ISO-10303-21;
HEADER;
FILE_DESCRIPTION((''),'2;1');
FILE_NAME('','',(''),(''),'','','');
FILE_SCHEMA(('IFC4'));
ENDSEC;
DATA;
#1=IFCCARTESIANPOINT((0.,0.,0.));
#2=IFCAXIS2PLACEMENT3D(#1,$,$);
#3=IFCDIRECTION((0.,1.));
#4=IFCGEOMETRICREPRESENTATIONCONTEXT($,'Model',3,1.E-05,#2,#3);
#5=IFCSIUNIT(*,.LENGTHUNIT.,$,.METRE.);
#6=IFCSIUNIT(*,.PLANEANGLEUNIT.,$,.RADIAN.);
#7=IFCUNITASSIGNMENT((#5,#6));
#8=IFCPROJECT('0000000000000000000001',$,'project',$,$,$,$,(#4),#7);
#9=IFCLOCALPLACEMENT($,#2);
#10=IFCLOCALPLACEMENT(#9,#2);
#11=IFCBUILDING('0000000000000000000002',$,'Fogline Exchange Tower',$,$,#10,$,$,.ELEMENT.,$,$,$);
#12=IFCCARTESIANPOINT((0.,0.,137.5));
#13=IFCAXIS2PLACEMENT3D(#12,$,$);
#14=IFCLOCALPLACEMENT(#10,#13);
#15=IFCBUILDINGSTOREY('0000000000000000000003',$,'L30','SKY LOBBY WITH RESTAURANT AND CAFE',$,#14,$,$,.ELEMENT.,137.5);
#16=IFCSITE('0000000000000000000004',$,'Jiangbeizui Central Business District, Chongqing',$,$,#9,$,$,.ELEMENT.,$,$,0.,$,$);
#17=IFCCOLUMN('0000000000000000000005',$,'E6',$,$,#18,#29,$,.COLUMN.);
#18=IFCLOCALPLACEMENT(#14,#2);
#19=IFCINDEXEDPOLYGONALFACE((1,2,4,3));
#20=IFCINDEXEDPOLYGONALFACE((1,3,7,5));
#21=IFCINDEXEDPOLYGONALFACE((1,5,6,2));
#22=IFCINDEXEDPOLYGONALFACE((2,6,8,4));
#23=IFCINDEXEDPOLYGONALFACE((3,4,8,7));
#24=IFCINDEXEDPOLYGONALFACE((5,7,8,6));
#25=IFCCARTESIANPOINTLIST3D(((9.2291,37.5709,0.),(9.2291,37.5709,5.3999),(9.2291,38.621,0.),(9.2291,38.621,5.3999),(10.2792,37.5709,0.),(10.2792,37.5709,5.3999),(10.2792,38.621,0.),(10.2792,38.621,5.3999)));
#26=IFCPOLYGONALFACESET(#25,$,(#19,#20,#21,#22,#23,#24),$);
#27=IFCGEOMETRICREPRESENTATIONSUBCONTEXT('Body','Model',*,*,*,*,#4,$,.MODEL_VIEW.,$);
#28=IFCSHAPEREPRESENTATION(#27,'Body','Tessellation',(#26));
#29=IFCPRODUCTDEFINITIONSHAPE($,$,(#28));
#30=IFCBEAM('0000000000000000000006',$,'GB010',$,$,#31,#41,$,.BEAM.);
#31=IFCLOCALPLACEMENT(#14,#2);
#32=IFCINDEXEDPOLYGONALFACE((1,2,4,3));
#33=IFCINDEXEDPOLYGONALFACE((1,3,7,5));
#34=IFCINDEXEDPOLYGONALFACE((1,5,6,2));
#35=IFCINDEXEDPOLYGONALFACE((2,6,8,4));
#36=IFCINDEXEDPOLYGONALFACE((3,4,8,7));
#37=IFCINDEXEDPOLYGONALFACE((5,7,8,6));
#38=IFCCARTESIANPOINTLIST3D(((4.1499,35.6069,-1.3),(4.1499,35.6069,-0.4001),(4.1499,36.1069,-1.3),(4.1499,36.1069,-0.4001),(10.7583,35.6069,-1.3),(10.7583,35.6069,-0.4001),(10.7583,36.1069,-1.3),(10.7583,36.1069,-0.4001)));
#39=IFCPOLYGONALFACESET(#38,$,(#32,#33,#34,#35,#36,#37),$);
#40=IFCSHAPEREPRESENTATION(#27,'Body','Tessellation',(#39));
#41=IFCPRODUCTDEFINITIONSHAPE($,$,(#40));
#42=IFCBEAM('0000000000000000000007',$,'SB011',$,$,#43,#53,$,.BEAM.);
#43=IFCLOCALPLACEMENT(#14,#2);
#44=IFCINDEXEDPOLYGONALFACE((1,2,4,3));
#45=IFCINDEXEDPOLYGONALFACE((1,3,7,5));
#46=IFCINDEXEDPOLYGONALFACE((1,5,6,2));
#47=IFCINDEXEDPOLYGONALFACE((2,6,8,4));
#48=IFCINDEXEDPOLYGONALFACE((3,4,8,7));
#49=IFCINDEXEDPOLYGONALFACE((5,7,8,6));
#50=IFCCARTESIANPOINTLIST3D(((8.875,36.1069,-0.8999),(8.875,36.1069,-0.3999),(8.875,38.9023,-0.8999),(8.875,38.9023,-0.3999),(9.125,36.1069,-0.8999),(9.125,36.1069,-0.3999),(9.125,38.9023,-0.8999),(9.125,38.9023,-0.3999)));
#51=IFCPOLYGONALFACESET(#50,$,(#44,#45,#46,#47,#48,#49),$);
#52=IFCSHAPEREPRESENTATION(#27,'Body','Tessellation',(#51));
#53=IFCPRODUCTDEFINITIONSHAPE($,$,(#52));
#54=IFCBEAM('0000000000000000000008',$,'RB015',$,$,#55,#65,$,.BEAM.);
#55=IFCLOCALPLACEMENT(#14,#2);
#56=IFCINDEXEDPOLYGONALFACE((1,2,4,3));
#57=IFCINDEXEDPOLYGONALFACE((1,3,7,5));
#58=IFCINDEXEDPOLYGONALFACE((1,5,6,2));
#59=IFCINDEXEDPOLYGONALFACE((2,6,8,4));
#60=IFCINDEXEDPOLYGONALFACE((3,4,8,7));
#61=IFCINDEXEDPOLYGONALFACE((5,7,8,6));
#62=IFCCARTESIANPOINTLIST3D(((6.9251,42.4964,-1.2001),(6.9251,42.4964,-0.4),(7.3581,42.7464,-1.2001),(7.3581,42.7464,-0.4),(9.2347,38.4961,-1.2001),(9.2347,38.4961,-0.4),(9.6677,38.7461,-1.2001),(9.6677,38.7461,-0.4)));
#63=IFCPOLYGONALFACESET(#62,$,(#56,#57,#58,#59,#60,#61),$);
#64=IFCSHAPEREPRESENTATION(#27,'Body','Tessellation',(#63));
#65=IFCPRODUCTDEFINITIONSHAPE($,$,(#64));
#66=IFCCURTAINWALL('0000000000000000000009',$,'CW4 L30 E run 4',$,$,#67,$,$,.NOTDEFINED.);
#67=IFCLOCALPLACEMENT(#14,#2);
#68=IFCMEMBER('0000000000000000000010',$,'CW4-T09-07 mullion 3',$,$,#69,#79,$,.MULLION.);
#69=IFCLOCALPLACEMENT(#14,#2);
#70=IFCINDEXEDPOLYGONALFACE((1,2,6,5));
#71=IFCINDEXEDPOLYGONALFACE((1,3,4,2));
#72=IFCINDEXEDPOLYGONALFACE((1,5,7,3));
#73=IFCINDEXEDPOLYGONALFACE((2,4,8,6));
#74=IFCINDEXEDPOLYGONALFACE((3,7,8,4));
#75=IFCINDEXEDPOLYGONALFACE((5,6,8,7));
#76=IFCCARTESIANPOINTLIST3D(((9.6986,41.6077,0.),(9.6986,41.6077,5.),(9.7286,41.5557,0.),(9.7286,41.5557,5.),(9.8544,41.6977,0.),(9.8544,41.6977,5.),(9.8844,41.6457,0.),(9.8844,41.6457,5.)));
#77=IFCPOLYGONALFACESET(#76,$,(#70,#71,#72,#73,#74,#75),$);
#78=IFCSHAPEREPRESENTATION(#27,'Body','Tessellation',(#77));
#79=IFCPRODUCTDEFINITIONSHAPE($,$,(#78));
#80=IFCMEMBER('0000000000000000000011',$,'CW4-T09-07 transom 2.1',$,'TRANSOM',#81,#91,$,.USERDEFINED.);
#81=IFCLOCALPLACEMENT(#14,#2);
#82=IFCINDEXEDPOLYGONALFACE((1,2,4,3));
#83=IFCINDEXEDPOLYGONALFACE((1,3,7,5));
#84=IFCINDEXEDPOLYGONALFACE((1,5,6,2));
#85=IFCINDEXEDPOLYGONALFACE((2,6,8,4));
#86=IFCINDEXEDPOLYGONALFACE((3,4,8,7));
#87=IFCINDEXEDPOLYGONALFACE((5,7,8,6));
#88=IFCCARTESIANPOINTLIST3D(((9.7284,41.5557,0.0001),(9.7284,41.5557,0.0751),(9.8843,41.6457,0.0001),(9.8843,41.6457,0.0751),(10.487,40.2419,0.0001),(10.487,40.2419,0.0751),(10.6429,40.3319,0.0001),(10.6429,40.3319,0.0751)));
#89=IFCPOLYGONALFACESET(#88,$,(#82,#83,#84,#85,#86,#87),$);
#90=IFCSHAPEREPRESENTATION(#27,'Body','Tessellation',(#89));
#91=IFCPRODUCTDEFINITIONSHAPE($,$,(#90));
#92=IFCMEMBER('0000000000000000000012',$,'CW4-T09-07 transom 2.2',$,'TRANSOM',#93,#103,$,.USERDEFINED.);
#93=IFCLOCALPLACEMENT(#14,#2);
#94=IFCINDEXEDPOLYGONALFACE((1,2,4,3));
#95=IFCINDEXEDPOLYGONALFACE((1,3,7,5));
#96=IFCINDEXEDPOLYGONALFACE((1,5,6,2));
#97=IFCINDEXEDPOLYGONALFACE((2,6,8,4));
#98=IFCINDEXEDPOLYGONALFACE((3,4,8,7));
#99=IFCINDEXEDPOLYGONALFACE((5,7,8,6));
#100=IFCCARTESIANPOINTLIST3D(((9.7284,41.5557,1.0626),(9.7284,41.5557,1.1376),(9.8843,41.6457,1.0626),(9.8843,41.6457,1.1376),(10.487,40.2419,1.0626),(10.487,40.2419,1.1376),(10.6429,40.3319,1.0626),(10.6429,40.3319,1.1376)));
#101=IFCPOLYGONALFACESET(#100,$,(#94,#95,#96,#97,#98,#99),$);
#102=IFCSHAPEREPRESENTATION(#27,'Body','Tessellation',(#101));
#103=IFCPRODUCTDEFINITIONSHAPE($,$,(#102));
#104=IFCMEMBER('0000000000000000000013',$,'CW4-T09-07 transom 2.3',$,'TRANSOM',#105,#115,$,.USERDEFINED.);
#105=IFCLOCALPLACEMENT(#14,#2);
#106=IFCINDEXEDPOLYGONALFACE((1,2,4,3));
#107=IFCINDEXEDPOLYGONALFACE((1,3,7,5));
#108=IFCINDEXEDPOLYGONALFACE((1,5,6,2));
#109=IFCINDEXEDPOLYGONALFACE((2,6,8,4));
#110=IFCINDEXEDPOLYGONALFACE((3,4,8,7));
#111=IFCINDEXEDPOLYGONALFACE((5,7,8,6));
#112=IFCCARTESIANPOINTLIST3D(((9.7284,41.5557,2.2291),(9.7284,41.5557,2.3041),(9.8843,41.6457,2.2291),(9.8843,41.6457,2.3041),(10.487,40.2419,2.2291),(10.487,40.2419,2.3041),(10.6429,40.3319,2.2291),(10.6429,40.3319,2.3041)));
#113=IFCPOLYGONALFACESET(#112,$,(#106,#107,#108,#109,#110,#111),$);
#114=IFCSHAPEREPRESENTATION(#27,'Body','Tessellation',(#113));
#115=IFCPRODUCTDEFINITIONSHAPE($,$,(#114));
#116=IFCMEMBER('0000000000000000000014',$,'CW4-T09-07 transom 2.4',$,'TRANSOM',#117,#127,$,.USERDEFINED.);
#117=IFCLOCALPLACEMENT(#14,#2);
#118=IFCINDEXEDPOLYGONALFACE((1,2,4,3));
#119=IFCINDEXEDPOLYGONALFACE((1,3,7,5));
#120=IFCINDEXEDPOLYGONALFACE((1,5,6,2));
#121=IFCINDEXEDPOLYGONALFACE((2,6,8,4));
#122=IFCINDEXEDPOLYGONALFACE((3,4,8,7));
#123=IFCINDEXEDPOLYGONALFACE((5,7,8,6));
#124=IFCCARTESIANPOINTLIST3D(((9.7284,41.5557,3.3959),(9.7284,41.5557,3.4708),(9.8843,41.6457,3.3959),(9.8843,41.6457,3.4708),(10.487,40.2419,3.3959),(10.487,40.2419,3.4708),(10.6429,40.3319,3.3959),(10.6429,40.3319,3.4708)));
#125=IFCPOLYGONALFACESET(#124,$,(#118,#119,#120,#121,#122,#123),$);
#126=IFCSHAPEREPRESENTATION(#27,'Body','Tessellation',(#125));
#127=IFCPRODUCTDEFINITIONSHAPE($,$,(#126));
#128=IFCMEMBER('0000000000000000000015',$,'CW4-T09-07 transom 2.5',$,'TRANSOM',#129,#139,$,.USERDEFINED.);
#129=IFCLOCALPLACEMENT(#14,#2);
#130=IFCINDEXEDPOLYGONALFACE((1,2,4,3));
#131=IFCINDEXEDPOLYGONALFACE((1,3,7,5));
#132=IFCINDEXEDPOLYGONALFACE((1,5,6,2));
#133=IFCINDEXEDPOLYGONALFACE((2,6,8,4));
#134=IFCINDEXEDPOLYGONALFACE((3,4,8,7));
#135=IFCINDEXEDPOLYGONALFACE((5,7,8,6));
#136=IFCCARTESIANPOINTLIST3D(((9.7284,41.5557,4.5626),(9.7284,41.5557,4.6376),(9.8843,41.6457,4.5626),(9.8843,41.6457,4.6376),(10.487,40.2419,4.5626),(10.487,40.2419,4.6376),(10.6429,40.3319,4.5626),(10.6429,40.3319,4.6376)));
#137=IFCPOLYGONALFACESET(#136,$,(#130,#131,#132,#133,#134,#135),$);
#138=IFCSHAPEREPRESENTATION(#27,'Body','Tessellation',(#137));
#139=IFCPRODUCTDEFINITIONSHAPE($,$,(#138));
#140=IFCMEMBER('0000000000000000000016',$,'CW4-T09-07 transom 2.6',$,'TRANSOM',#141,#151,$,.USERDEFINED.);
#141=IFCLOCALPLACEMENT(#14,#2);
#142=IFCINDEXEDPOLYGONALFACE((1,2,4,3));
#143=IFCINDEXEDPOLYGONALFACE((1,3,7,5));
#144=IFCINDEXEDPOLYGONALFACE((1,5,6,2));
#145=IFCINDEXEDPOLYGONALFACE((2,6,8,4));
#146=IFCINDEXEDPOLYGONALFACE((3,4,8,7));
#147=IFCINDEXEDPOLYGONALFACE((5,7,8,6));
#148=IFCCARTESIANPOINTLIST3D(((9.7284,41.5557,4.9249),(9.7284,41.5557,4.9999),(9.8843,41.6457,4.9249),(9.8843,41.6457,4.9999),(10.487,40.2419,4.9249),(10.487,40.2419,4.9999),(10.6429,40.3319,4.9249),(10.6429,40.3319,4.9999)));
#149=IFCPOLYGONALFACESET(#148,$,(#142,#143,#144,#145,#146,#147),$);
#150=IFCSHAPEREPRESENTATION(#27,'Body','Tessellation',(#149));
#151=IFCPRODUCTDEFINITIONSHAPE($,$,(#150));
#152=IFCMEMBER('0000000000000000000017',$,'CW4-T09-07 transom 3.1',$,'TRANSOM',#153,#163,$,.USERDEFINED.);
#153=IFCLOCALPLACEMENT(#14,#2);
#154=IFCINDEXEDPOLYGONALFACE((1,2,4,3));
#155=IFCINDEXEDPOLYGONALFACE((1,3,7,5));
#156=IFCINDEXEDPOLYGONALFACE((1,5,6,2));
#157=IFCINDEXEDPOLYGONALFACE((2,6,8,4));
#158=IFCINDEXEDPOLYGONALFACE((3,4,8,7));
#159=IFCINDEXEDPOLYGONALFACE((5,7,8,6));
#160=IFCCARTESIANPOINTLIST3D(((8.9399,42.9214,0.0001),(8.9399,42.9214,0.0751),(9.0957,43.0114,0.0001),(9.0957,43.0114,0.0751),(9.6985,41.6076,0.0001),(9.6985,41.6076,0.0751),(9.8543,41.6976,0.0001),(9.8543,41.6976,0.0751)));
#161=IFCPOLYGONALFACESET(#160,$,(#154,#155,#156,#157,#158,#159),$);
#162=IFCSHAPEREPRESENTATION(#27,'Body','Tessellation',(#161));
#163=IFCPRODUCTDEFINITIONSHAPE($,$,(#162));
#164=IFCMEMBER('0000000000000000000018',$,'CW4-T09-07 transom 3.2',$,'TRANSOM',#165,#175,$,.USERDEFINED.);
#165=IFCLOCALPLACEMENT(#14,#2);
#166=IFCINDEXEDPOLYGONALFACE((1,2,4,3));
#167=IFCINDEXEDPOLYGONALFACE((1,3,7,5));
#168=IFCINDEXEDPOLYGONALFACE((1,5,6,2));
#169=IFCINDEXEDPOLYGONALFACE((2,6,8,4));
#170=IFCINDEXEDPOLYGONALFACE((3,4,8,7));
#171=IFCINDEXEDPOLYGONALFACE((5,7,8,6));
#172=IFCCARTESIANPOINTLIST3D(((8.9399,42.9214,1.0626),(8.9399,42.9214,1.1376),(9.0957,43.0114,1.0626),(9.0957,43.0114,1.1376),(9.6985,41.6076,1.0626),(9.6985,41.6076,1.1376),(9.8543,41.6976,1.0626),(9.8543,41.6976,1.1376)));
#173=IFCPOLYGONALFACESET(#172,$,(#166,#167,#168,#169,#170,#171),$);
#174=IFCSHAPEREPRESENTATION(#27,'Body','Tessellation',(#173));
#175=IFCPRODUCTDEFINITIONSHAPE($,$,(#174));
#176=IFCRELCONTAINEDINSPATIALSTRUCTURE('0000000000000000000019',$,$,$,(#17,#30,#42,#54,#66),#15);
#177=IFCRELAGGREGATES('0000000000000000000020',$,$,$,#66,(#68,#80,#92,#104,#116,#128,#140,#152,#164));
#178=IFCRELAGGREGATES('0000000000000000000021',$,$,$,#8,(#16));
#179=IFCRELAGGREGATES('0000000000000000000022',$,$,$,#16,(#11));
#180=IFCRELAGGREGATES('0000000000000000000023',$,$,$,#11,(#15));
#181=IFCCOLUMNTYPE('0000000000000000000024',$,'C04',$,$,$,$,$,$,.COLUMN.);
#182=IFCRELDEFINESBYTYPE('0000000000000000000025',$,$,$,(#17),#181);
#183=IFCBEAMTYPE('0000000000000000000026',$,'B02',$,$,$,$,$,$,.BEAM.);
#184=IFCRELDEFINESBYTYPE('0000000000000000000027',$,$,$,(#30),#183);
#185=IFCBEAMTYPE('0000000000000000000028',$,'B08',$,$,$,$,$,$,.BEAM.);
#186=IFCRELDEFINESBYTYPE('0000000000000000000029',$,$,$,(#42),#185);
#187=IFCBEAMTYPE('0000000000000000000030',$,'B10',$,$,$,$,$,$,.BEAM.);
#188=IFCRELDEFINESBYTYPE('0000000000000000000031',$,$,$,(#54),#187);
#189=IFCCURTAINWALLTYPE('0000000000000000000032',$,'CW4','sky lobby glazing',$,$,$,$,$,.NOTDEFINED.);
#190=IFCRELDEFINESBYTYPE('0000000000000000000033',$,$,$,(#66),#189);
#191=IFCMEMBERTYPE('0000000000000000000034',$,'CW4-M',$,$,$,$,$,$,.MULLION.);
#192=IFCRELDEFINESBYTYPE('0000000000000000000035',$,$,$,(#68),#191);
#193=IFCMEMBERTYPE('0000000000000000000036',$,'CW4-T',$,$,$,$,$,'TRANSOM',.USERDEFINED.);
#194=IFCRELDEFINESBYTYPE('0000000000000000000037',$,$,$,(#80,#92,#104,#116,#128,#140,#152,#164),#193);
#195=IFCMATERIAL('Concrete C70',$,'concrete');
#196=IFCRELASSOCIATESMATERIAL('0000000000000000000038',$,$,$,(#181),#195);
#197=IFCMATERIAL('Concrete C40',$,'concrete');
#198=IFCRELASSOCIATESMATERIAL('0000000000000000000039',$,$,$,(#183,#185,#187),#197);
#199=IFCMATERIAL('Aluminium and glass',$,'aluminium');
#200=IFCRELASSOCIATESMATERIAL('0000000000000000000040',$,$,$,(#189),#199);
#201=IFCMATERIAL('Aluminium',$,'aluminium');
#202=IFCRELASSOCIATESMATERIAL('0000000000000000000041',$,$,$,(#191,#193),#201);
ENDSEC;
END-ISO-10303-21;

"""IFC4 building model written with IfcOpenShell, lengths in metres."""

from ifc_helpers import new_model, si_unit, direction, frame, origin, origin_2d, place, context, subcontext, project, spatial, rectangle, extrude, material, material_profile, profile_set, type_object, element, aggregate, save


model = new_model("IFC4")

# Units and contexts
model_context = context("Model", 3, precision=1e-05, world=origin(), true_north=direction((0.0, 1.0)))
body_context = subcontext(model_context, "Body", "Model", "MODEL_VIEW")
ifc_project = project(units=[si_unit("LENGTHUNIT", "METRE"), si_unit("PLANEANGLEUNIT", "RADIAN")], contexts=[model_context])

# Site, building, storey
site_placement = place(None, origin())
site = spatial("IfcSite", under=ifc_project, at=site_placement, Name="Jiangbeizui Central Business District, Chongqing", CompositionType="ELEMENT", RefElevation=0.0)
building_placement = place(site_placement, origin())
building = spatial("IfcBuilding", under=site, at=building_placement, Name="Fogline Exchange Tower", CompositionType="ELEMENT")
storey_placement = place(building_placement, frame((0.0, 0.0, 137.5)))
storey = spatial("IfcBuildingStorey", under=building, at=storey_placement, Name="L30", Description="SKY LOBBY WITH RESTAURANT AND CAFE", CompositionType="ELEMENT", Elevation=137.5)

# Column
ifc_material_1 = material(Name="Concrete C70", Category="concrete")
ifc_material_profile_1 = material_profile(ifc_material_1, rectangle(XDim=1.05, YDim=1.05, at=origin_2d()), Name="RC 1050x1050")
ifc_profile_set_1 = profile_set([ifc_material_profile_1], Name="Concrete C70")
column_type = type_object("IfcColumnType", Name="C04", PredefinedType="COLUMN", material=ifc_profile_set_1)
column_placement = place(storey_placement, frame((9.7542, 38.0959, 0.0), z_axis=(0.0, 0.0, 1.0), x_axis=(1.0, 0.0, 0.0)))
element("IfcColumn", 1, at=column_placement, inside=storey, type_object=column_type, Name="E6", PredefinedType="COLUMN", context=body_context, shape_type="SweptSolid", body=[
    extrude(rectangle(XDim=1.05, YDim=1.05, at=origin_2d()), origin(), (0.0, 0.0, 1.0), 5.3999),
])

# Beams
ifc_material_2 = material(Name="Concrete C40", Category="concrete")
ifc_material_profile_2 = material_profile(ifc_material_2, rectangle(XDim=0.5, YDim=0.8999, at=origin_2d()), Name="RC 500x900")
ifc_profile_set_2 = profile_set([ifc_material_profile_2], Name="Concrete C40")
beam_type_1 = type_object("IfcBeamType", Name="B02", PredefinedType="BEAM", material=ifc_profile_set_2)
beam_1_placement = place(storey_placement, frame((4.1499, 35.8569, -0.8501), z_axis=(1.0, 0.0, 0.0), x_axis=(0.0, 1.0, 0.0)))
element("IfcBeam", 2, at=beam_1_placement, inside=storey, type_object=beam_type_1, Name="GB010", PredefinedType="BEAM", context=body_context, shape_type="SweptSolid", body=[
    extrude(rectangle(XDim=0.5, YDim=0.8999, at=origin_2d()), origin(), (0.0, 0.0, 1.0), 6.6084),
])
ifc_material_profile_3 = material_profile(ifc_material_2, rectangle(XDim=0.25, YDim=0.5, at=origin_2d()), Name="RC 250x500")
ifc_profile_set_3 = profile_set([ifc_material_profile_3], Name="Concrete C40")
beam_type_2 = type_object("IfcBeamType", Name="B08", PredefinedType="BEAM", material=ifc_profile_set_3)
beam_2_placement = place(storey_placement, frame((9.0, 36.1069, -0.6499), z_axis=(0.0, 1.0, 0.0), x_axis=(-1.0, 0.0, 0.0)))
element("IfcBeam", 3, at=beam_2_placement, inside=storey, type_object=beam_type_2, Name="SB011", PredefinedType="BEAM", context=body_context, shape_type="SweptSolid", body=[
    extrude(rectangle(XDim=0.25, YDim=0.5, at=origin_2d()), origin(), (0.0, 0.0, 1.0), 2.7954),
])
ifc_material_profile_4 = material_profile(ifc_material_2, rectangle(XDim=0.5, YDim=0.8, at=origin_2d()), Name="RC 500x800")
ifc_profile_set_4 = profile_set([ifc_material_profile_4], Name="Concrete C40")
beam_type_3 = type_object("IfcBeamType", Name="B10", PredefinedType="BEAM", material=ifc_profile_set_4)
beam_3_placement = place(storey_placement, frame((9.4512, 38.6211, -0.8), z_axis=(-0.500005, 0.866023, 0.0), x_axis=(-0.866023, -0.500005, 0.0)))
element("IfcBeam", 4, at=beam_3_placement, inside=storey, type_object=beam_type_3, Name="RB015", PredefinedType="BEAM", context=body_context, shape_type="SweptSolid", body=[
    extrude(rectangle(XDim=0.5, YDim=0.8, at=origin_2d()), origin(), (0.0, 0.0, 1.0), 4.6191),
])

# Curtain wall, members
ifc_material_3 = material(Name="Aluminium and glass", Category="aluminium")
curtain_wall_type = type_object("IfcCurtainWallType", Name="CW4", Description="sky lobby glazing", PredefinedType="NOTDEFINED", material=ifc_material_3)
curtain_wall_placement = place(storey_placement, origin())
curtain_wall = element("IfcCurtainWall", 5, at=curtain_wall_placement, inside=storey, type_object=curtain_wall_type, Name="CW4 L30 E run 4", PredefinedType="NOTDEFINED")
ifc_material_4 = material(Name="Aluminium", Category="aluminium")
ifc_material_profile_5 = material_profile(ifc_material_4, rectangle(XDim=0.1799, YDim=0.0601, at=origin_2d()), Name="Mullion 60x180")
ifc_profile_set_5 = profile_set([ifc_material_profile_5], Name="Aluminium")
member_type_1 = type_object("IfcMemberType", Name="CW4-M", PredefinedType="MULLION", material=ifc_profile_set_5)
member_1_placement = place(storey_placement, frame((9.7915, 41.6267, 0.0), z_axis=(0.0, 0.0, 1.0), x_axis=(-0.866025, -0.5, 0.0)))
member_1 = element("IfcMember", 6, at=member_1_placement, type_object=member_type_1, Name="CW4-T09-07 mullion 3", PredefinedType="MULLION", context=body_context, shape_type="SweptSolid", body=[
    extrude(rectangle(XDim=0.1799, YDim=0.0601, at=origin_2d()), origin(), (0.0, 0.0, 1.0), 5.0),
])
ifc_material_profile_6 = material_profile(ifc_material_4, rectangle(XDim=0.1799, YDim=0.075, at=origin_2d()), Name="Transom 75x180")
ifc_profile_set_6 = profile_set([ifc_material_profile_6], Name="Aluminium")
member_type_2 = type_object("IfcMemberType", Name="CW4-T", ElementType="TRANSOM", PredefinedType="USERDEFINED", material=ifc_profile_set_6)
member_2_placement = place(storey_placement, frame((10.5649, 40.2869, 0.0376), z_axis=(-0.500034, 0.866006, 0.0), x_axis=(-0.866006, -0.500034, 0.0)))
member_2 = element("IfcMember", 7, at=member_2_placement, type_object=member_type_2, Name="CW4-T09-07 transom 2.1", ObjectType="TRANSOM", PredefinedType="USERDEFINED", context=body_context, shape_type="SweptSolid", body=[
    extrude(rectangle(XDim=0.1799, YDim=0.075, at=origin_2d()), origin(), (0.0, 0.0, 1.0), 1.5171),
])
member_3_placement = place(storey_placement, frame((10.5649, 40.2869, 1.1001), z_axis=(-0.500034, 0.866006, 0.0), x_axis=(-0.866006, -0.500034, 0.0)))
member_3 = element("IfcMember", 8, at=member_3_placement, type_object=member_type_2, Name="CW4-T09-07 transom 2.2", ObjectType="TRANSOM", PredefinedType="USERDEFINED", context=body_context, shape_type="SweptSolid", body=[
    extrude(rectangle(XDim=0.1799, YDim=0.075, at=origin_2d()), origin(), (0.0, 0.0, 1.0), 1.5171),
])
member_4_placement = place(storey_placement, frame((10.5649, 40.2869, 2.2666), z_axis=(-0.500034, 0.866006, 0.0), x_axis=(-0.866006, -0.500034, 0.0)))
member_4 = element("IfcMember", 9, at=member_4_placement, type_object=member_type_2, Name="CW4-T09-07 transom 2.3", ObjectType="TRANSOM", PredefinedType="USERDEFINED", context=body_context, shape_type="SweptSolid", body=[
    extrude(rectangle(XDim=0.1799, YDim=0.075, at=origin_2d()), origin(), (0.0, 0.0, 1.0), 1.5171),
])
member_5_placement = place(storey_placement, frame((10.5649, 40.2869, 3.4333), z_axis=(-0.500034, 0.866006, 0.0), x_axis=(-0.866006, -0.500034, 0.0)))
member_5 = element("IfcMember", 10, at=member_5_placement, type_object=member_type_2, Name="CW4-T09-07 transom 2.4", ObjectType="TRANSOM", PredefinedType="USERDEFINED", context=body_context, shape_type="SweptSolid", body=[
    extrude(rectangle(XDim=0.1799, YDim=0.075, at=origin_2d()), origin(), (0.0, 0.0, 1.0), 1.5171),
])
member_6_placement = place(storey_placement, frame((10.5649, 40.2869, 4.6001), z_axis=(-0.500034, 0.866006, 0.0), x_axis=(-0.866006, -0.500034, 0.0)))
member_6 = element("IfcMember", 11, at=member_6_placement, type_object=member_type_2, Name="CW4-T09-07 transom 2.5", ObjectType="TRANSOM", PredefinedType="USERDEFINED", context=body_context, shape_type="SweptSolid", body=[
    extrude(rectangle(XDim=0.1799, YDim=0.075, at=origin_2d()), origin(), (0.0, 0.0, 1.0), 1.5171),
])
member_7_placement = place(storey_placement, frame((10.5649, 40.2869, 4.9624), z_axis=(-0.500034, 0.866006, 0.0), x_axis=(-0.866006, -0.500034, 0.0)))
member_7 = element("IfcMember", 12, at=member_7_placement, type_object=member_type_2, Name="CW4-T09-07 transom 2.6", ObjectType="TRANSOM", PredefinedType="USERDEFINED", context=body_context, shape_type="SweptSolid", body=[
    extrude(rectangle(XDim=0.1799, YDim=0.075, at=origin_2d()), origin(), (0.0, 0.0, 1.0), 1.5171),
])
member_8_placement = place(storey_placement, frame((9.7764, 41.6526, 0.0376), z_axis=(-0.500034, 0.866006, 0.0), x_axis=(-0.866006, -0.500034, 0.0)))
member_8 = element("IfcMember", 13, at=member_8_placement, type_object=member_type_2, Name="CW4-T09-07 transom 3.1", ObjectType="TRANSOM", PredefinedType="USERDEFINED", context=body_context, shape_type="SweptSolid", body=[
    extrude(rectangle(XDim=0.1799, YDim=0.075, at=origin_2d()), origin(), (0.0, 0.0, 1.0), 1.5171),
])
member_9_placement = place(storey_placement, frame((9.7764, 41.6526, 1.1001), z_axis=(-0.500034, 0.866006, 0.0), x_axis=(-0.866006, -0.500034, 0.0)))
member_9 = element("IfcMember", 14, at=member_9_placement, type_object=member_type_2, Name="CW4-T09-07 transom 3.2", ObjectType="TRANSOM", PredefinedType="USERDEFINED", context=body_context, shape_type="SweptSolid", body=[
    extrude(rectangle(XDim=0.1799, YDim=0.075, at=origin_2d()), origin(), (0.0, 0.0, 1.0), 1.5171),
])
aggregate(curtain_wall, [member_1, member_2, member_3, member_4, member_5, member_6, member_7, member_8, member_9])

save(model, "model.ifc")
